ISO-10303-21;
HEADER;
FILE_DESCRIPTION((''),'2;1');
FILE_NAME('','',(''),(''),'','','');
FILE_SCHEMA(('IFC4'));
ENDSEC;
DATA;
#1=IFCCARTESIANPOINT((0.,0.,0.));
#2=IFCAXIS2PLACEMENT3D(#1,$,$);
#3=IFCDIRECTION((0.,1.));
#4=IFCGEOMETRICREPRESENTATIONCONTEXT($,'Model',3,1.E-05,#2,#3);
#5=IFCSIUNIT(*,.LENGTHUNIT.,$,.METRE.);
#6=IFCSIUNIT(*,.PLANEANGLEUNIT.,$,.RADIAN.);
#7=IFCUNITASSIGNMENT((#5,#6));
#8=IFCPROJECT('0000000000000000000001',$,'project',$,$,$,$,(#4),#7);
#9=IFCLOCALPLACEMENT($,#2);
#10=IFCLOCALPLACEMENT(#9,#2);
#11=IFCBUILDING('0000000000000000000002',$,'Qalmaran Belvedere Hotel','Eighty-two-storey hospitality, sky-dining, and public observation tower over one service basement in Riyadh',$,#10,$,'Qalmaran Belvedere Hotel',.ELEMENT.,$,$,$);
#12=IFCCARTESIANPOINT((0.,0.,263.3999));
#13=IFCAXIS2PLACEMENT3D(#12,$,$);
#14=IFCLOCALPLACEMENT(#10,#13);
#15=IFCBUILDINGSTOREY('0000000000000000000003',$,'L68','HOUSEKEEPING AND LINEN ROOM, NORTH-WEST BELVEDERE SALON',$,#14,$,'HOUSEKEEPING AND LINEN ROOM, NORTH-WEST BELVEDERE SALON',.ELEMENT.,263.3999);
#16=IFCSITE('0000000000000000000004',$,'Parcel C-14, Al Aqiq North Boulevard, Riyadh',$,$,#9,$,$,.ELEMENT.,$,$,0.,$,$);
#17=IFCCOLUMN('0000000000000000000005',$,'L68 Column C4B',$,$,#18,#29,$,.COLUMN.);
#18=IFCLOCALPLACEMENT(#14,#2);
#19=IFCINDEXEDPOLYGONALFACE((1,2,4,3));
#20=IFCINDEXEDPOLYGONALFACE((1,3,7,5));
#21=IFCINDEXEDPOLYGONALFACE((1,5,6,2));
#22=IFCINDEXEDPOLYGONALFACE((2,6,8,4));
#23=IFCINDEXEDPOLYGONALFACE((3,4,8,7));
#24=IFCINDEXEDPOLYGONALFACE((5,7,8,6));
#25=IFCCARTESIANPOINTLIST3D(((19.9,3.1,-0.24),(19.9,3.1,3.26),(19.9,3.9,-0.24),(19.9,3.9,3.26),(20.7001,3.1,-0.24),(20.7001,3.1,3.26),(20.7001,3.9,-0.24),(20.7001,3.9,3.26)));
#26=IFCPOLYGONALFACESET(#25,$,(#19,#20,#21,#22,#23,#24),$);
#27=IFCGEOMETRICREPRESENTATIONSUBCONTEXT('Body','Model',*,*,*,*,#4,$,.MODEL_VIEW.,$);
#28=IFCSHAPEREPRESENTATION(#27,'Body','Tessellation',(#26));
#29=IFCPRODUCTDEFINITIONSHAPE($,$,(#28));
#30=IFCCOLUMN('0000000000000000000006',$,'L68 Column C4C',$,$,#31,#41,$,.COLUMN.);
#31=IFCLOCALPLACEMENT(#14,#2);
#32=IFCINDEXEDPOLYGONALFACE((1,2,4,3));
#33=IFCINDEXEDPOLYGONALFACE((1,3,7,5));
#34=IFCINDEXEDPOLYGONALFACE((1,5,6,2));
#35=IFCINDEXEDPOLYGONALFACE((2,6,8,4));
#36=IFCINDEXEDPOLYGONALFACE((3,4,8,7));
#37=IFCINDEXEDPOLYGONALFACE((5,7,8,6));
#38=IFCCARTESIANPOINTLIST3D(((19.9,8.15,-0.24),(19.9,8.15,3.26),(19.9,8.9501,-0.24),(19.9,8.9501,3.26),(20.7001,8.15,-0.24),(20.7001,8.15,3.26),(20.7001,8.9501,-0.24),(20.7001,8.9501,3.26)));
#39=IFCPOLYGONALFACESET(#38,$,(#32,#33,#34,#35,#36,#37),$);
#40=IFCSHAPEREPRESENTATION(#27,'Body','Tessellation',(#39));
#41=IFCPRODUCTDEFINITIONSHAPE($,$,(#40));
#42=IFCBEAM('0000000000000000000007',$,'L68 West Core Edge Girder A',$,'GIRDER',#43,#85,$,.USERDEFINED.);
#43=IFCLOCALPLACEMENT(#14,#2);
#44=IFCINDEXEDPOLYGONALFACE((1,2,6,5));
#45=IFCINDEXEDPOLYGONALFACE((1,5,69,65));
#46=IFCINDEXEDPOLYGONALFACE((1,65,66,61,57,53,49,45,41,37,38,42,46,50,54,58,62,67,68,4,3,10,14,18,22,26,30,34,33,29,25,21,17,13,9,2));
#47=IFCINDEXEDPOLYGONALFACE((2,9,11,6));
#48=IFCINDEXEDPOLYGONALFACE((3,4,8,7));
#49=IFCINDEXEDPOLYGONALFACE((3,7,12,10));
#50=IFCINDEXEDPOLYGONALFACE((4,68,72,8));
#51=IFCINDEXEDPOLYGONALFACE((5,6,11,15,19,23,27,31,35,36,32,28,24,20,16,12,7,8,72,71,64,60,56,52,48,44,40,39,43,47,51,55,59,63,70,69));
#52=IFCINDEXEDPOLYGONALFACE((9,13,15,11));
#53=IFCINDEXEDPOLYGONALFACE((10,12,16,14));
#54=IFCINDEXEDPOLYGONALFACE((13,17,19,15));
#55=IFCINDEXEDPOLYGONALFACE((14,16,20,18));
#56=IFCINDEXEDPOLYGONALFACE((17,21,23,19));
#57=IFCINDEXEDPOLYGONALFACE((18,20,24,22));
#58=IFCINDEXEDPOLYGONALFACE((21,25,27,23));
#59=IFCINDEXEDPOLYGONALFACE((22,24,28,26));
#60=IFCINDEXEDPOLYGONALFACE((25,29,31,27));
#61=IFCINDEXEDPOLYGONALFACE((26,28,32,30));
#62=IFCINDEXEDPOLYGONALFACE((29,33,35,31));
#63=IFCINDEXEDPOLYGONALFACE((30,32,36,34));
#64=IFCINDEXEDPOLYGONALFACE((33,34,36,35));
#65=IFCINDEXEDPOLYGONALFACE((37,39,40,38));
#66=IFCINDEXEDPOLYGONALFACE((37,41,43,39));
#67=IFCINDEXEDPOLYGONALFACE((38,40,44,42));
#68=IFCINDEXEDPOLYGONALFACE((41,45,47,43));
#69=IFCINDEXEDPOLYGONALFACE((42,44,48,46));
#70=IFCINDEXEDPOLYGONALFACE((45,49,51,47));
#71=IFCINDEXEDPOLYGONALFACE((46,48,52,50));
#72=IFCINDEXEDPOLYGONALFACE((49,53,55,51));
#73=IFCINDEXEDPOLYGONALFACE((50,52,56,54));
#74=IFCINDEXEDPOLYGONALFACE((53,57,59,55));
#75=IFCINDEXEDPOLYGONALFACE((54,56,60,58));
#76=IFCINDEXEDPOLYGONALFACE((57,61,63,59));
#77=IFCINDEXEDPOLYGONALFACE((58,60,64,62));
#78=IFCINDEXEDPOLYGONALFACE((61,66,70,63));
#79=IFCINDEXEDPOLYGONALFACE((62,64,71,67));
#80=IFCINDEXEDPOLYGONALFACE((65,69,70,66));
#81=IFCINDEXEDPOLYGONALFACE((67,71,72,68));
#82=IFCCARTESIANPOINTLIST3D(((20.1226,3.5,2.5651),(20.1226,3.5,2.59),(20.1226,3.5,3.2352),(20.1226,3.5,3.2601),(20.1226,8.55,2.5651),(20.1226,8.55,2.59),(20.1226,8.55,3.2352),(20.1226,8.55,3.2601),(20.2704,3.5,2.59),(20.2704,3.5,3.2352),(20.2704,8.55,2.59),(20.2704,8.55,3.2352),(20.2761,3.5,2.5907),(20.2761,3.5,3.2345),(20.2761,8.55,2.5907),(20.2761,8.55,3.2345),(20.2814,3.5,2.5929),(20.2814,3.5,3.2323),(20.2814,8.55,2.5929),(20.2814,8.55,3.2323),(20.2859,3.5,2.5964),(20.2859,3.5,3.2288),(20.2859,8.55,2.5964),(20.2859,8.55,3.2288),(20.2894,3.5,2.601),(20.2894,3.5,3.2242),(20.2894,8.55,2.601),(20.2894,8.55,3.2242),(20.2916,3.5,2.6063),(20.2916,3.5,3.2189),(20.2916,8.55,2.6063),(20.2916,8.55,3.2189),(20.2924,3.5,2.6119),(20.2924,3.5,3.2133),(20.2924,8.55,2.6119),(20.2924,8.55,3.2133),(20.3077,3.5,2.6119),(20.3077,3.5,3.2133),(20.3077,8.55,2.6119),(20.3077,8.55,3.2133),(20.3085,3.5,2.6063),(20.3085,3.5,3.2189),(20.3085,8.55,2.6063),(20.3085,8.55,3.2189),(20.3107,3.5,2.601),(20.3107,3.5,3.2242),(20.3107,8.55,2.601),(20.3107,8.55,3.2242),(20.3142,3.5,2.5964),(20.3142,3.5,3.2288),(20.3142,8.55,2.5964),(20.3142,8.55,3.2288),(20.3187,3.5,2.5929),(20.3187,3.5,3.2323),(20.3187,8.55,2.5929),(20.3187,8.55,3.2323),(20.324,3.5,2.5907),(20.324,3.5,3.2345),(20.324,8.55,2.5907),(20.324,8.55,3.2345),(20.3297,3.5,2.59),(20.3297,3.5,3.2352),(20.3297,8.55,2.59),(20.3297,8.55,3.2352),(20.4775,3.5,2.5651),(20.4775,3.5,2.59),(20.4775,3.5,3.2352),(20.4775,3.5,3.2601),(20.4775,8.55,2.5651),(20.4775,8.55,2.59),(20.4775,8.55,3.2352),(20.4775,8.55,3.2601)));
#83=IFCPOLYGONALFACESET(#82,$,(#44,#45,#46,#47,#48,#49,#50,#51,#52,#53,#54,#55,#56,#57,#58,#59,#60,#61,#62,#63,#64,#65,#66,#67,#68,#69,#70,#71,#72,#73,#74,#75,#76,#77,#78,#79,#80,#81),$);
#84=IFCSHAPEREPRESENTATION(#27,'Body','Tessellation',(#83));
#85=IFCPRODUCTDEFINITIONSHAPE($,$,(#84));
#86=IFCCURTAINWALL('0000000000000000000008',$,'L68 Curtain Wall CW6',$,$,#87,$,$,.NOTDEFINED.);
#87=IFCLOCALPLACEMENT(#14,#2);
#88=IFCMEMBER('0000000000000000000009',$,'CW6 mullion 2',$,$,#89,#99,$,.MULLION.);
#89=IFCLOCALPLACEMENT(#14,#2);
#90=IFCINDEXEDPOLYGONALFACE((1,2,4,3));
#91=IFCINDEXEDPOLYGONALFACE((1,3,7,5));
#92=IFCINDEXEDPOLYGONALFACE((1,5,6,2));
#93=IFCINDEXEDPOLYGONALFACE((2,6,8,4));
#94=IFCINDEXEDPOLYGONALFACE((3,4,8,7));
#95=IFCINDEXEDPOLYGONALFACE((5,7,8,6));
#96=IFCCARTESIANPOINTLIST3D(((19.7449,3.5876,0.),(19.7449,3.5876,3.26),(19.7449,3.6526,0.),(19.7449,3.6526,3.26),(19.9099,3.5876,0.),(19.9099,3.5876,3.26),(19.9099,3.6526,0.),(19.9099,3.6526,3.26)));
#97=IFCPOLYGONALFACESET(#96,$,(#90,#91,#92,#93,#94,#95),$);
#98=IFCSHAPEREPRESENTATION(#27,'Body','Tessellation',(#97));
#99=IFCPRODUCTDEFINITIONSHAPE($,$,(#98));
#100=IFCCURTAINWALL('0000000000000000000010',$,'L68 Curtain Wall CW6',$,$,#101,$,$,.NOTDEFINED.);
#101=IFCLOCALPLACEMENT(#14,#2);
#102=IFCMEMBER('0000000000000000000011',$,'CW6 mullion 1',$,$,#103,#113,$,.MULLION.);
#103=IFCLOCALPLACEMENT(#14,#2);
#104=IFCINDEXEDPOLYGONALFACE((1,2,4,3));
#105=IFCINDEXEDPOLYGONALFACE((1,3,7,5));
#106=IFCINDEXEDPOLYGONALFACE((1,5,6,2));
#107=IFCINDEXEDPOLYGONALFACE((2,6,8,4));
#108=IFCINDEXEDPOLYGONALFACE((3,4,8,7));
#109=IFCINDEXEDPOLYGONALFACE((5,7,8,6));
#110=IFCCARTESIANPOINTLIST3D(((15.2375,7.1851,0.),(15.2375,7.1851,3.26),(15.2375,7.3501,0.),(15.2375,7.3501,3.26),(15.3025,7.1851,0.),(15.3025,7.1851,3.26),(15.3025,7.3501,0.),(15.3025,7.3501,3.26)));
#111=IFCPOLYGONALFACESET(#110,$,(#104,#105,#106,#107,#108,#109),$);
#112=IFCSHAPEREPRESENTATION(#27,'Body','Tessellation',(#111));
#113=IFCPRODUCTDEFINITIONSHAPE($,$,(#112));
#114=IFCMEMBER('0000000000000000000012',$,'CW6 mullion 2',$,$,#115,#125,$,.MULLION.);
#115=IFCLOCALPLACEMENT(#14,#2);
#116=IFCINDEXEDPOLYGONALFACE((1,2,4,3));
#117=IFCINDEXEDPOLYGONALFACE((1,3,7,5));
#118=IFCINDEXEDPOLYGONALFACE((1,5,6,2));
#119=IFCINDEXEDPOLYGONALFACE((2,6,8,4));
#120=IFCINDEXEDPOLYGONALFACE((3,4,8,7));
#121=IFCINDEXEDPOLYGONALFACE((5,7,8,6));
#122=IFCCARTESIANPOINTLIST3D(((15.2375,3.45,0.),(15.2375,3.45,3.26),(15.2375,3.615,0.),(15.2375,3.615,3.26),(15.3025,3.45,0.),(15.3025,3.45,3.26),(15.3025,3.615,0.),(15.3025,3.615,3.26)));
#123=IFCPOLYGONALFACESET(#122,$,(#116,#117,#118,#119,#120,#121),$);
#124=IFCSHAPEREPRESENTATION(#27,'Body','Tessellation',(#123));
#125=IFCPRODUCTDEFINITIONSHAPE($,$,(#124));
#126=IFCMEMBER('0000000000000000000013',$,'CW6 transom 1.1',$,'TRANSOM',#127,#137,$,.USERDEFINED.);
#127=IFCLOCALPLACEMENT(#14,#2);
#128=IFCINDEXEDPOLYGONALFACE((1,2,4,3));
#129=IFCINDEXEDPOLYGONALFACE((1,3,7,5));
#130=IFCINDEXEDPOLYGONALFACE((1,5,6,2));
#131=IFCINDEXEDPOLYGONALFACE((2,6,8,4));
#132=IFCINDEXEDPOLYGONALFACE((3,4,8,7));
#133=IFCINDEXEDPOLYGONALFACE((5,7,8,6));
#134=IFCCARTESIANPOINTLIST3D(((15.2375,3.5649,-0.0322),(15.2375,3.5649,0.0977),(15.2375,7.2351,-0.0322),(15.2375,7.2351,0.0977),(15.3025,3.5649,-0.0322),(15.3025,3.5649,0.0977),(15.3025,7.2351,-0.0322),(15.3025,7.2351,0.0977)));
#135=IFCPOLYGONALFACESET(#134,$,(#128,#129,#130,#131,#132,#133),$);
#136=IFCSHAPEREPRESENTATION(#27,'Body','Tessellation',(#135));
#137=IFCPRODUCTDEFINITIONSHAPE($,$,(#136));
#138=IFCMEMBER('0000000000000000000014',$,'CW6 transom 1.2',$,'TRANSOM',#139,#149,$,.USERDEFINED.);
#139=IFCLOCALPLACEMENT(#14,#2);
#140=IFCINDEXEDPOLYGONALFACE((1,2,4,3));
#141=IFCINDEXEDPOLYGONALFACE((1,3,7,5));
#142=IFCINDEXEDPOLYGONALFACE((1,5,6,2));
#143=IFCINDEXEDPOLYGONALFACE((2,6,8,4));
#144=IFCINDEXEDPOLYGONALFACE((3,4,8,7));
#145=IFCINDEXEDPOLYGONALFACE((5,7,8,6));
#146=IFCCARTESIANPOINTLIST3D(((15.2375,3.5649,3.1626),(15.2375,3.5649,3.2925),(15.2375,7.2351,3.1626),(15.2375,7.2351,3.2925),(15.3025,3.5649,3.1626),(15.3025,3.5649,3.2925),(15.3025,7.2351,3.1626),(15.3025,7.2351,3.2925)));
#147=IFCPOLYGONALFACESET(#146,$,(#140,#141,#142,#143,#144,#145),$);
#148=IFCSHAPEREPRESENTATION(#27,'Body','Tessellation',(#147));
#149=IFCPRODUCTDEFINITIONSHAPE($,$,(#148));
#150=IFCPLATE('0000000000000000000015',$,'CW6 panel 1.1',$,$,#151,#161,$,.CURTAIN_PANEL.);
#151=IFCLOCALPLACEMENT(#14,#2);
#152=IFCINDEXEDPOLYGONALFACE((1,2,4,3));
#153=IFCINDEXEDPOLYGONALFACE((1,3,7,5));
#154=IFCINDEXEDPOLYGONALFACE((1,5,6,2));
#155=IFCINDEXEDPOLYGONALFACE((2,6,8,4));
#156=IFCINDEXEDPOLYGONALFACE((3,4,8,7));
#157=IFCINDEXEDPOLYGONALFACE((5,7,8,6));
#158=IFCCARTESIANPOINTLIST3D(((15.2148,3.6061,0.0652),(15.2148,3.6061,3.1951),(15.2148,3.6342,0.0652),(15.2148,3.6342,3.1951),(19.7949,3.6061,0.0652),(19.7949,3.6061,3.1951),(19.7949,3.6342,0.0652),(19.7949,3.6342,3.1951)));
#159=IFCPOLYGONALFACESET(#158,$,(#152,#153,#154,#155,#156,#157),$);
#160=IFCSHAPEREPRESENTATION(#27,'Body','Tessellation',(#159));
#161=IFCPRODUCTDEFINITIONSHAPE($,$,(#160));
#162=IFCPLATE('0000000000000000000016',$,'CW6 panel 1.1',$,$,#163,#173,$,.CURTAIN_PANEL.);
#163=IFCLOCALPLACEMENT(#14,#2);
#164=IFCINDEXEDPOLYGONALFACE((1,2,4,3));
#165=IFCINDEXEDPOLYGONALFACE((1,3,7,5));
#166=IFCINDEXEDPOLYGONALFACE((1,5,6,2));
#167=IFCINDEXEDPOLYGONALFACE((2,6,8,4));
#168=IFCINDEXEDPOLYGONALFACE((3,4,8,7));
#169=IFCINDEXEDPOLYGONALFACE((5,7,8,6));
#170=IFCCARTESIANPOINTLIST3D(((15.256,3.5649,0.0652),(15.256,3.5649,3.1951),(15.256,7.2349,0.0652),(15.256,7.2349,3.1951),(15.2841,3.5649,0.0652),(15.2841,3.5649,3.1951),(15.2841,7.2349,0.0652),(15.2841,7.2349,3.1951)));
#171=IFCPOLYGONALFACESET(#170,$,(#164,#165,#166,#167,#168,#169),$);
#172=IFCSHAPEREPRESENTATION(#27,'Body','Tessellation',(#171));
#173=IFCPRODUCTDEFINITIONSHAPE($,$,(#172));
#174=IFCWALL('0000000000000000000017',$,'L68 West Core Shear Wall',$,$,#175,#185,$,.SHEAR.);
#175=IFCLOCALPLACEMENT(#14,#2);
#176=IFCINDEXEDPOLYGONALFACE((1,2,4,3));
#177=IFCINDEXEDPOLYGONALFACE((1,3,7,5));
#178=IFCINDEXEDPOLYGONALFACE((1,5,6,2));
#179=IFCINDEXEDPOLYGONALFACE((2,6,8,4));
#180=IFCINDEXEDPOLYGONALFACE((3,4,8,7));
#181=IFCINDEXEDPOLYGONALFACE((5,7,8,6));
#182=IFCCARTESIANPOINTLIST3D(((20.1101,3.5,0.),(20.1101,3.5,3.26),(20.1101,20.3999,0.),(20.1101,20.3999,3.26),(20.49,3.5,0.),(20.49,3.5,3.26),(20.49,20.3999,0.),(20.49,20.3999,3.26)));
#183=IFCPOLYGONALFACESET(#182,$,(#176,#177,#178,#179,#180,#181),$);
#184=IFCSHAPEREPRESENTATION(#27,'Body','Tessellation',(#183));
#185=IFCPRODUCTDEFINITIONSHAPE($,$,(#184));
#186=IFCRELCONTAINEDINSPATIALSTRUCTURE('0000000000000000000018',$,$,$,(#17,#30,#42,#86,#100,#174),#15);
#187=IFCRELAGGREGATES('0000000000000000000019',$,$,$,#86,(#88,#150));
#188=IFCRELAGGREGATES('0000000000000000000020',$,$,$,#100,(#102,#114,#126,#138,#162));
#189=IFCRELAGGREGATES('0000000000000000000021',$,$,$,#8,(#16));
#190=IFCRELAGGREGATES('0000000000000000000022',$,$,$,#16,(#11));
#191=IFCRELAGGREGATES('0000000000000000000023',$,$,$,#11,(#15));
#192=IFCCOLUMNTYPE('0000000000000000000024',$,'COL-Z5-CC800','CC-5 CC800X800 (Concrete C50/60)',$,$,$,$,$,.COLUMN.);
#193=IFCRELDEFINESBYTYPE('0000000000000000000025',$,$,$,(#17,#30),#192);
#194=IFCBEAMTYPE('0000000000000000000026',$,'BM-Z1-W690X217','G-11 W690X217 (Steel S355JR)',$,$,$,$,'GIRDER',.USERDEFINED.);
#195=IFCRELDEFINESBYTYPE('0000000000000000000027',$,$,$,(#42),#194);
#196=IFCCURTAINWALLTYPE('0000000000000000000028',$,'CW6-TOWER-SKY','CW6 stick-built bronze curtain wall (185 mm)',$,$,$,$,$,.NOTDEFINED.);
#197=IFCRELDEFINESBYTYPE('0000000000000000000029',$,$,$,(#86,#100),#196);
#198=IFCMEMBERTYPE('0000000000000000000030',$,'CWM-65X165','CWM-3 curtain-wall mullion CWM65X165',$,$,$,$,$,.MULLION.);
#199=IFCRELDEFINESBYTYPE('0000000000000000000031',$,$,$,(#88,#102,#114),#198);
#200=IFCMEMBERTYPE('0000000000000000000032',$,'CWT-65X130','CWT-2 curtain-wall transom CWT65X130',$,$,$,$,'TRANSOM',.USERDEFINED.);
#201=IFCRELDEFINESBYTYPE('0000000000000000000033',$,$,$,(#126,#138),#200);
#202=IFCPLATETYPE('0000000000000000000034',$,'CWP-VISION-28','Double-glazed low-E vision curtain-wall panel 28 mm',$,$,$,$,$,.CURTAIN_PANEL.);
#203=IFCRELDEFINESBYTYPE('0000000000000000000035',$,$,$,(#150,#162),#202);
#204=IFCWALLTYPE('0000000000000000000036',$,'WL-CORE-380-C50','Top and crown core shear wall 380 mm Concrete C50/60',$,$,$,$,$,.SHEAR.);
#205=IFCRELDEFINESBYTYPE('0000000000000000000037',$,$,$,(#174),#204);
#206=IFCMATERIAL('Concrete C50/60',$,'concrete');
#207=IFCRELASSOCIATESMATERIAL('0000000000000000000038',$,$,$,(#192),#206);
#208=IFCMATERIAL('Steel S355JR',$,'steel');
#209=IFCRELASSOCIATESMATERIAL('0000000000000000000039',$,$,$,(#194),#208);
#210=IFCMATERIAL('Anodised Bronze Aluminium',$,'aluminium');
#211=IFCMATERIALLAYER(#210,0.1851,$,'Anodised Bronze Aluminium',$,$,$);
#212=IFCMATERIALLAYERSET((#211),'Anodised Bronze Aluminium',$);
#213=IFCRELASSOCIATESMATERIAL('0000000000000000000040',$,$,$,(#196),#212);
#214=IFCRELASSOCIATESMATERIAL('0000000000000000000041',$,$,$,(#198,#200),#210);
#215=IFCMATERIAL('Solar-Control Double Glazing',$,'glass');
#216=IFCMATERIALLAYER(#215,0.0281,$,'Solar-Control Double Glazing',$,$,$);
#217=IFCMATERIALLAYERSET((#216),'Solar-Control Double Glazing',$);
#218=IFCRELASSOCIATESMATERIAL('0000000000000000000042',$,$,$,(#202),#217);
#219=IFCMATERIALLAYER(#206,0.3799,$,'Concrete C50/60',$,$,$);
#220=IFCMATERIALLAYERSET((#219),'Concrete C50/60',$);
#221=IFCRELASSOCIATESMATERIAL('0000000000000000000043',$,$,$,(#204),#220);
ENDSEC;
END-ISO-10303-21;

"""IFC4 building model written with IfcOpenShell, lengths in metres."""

from ifc_helpers import new_model, si_unit, direction, frame, frame_2d, origin, origin_2d, place, context, subcontext, project, spatial, rectangle, i_section, extrude, material, layer, layer_set, material_profile, profile_set, type_object, element, aggregate, save


model = new_model("IFC4")

# Units and contexts
model_context = context("Model", 3, precision=1e-05, world=origin(), true_north=direction((0.0, 1.0)))
body_context = subcontext(model_context, "Body", "Model", "MODEL_VIEW")
ifc_project = project(units=[si_unit("LENGTHUNIT", "METRE"), si_unit("PLANEANGLEUNIT", "RADIAN")], contexts=[model_context])

# Site, building, storey
site_placement = place(None, origin())
site = spatial("IfcSite", under=ifc_project, at=site_placement, Name="Parcel C-14, Al Aqiq North Boulevard, Riyadh", CompositionType="ELEMENT", RefElevation=0.0)
building_placement = place(site_placement, origin())
building = spatial("IfcBuilding", under=site, at=building_placement, Name="Qalmaran Belvedere Hotel", Description="Eighty-two-storey hospitality, sky-dining, and public observation tower over one service basement in Riyadh", LongName="Qalmaran Belvedere Hotel", CompositionType="ELEMENT")
storey_placement = place(building_placement, frame((0.0, 0.0, 263.3999)))
storey = spatial("IfcBuildingStorey", under=building, at=storey_placement, Name="L68", Description="HOUSEKEEPING AND LINEN ROOM, NORTH-WEST BELVEDERE SALON", LongName="HOUSEKEEPING AND LINEN ROOM, NORTH-WEST BELVEDERE SALON", CompositionType="ELEMENT", Elevation=263.3999)

# Columns
ifc_material_1 = material(Name="Concrete C50/60", Category="concrete")
ifc_material_profile_1 = material_profile(ifc_material_1, rectangle(XDim=0.8, YDim=0.8, at=origin_2d()), Name="CC800X800")
ifc_profile_set_1 = profile_set([ifc_material_profile_1], Name="Concrete C50/60")
column_type = type_object("IfcColumnType", Name="COL-Z5-CC800", Description="CC-5 CC800X800 (Concrete C50/60)", PredefinedType="COLUMN", material=ifc_profile_set_1)
for number, where, z_axis, x_axis, name in (
    (1, (20.3, 3.5, -0.24), (0.0, 0.0, 1.0), (1.0, 0.0, 0.0), "L68 Column C4B"),
    (2, (20.3, 8.55, -0.24), (0.0, 0.0, 1.0), (1.0, 0.0, 0.0), "L68 Column C4C"),
):
    element("IfcColumn", number, at=place(storey_placement, frame(where, z_axis=z_axis, x_axis=x_axis)), inside=storey, type_object=column_type, Name=name, PredefinedType="COLUMN", context=body_context, shape_type="SweptSolid", body=[
        extrude(rectangle(XDim=0.8, YDim=0.8, at=origin_2d()), origin(), (0.0, 0.0, 1.0), 3.5),
    ])

# Beam
ifc_material_2 = material(Name="Steel S355JR", Category="steel")
ifc_material_profile_2 = material_profile(ifc_material_2, i_section(OverallWidth=0.355, OverallDepth=0.6951, WebThickness=0.0154, FlangeThickness=0.0249, FilletRadius=0.022, at=origin_2d()), Name="W690X217")
ifc_profile_set_2 = profile_set([ifc_material_profile_2], Name="Steel S355JR")
beam_type = type_object("IfcBeamType", Name="BM-Z1-W690X217", Description="G-11 W690X217 (Steel S355JR)", ElementType="GIRDER", PredefinedType="USERDEFINED", material=ifc_profile_set_2)
beam_placement = place(storey_placement, frame((20.3, 3.5, 2.9126), z_axis=(0.0, 1.0, 0.0), x_axis=(-1.0, 0.0, 0.0)))
element("IfcBeam", 3, at=beam_placement, inside=storey, type_object=beam_type, Name="L68 West Core Edge Girder A", ObjectType="GIRDER", PredefinedType="USERDEFINED", context=body_context, shape_type="SweptSolid", body=[
    extrude(i_section(OverallWidth=0.355, OverallDepth=0.6951, WebThickness=0.0154, FlangeThickness=0.0249, FilletRadius=0.022, at=origin_2d()), origin(), (0.0, 0.0, 1.0), 5.05),
])

# Curtain wall, member
ifc_material_3 = material(Name="Anodised Bronze Aluminium", Category="aluminium")
ifc_layer_1 = layer(ifc_material_3, 0.1851, Name="Anodised Bronze Aluminium")
ifc_layer_set_1 = layer_set([ifc_layer_1], Name="Anodised Bronze Aluminium")
curtain_wall_type = type_object("IfcCurtainWallType", Name="CW6-TOWER-SKY", Description="CW6 stick-built bronze curtain wall (185 mm)", PredefinedType="NOTDEFINED", material=ifc_layer_set_1)
curtain_wall_1_placement = place(storey_placement, origin())
curtain_wall_1 = element("IfcCurtainWall", 4, at=curtain_wall_1_placement, inside=storey, type_object=curtain_wall_type, Name="L68 Curtain Wall CW6", PredefinedType="NOTDEFINED")
ifc_material_profile_3 = material_profile(ifc_material_3, rectangle(XDim=0.0649, YDim=0.165, at=origin_2d()), Name="CWM65X165")
ifc_profile_set_3 = profile_set([ifc_material_profile_3], Name="Anodised Bronze Aluminium")
member_type_1 = type_object("IfcMemberType", Name="CWM-65X165", Description="CWM-3 curtain-wall mullion CWM65X165", PredefinedType="MULLION", material=ifc_profile_set_3)
member_1_placement = place(storey_placement, frame((19.8274, 3.6201, 0.0), z_axis=(0.0, 0.0, 1.0), x_axis=(0.0, 1.0, 0.0)))
member_1 = element("IfcMember", 5, at=member_1_placement, type_object=member_type_1, Name="CW6 mullion 2", PredefinedType="MULLION", context=body_context, shape_type="SweptSolid", body=[
    extrude(rectangle(XDim=0.0649, YDim=0.165, at=origin_2d()), origin(), (0.0, 0.0, 1.0), 3.26),
])

# Curtain wall, members
curtain_wall_2_placement = place(storey_placement, origin())
curtain_wall_2 = element("IfcCurtainWall", 6, at=curtain_wall_2_placement, inside=storey, type_object=curtain_wall_type, Name="L68 Curtain Wall CW6", PredefinedType="NOTDEFINED")
member_2_placement = place(storey_placement, frame((15.27, 7.2676, 0.0), z_axis=(0.0, 0.0, 1.0), x_axis=(1.0, 0.0, 0.0)))
member_2 = element("IfcMember", 7, at=member_2_placement, type_object=member_type_1, Name="CW6 mullion 1", PredefinedType="MULLION", context=body_context, shape_type="SweptSolid", body=[
    extrude(rectangle(XDim=0.0649, YDim=0.165, at=origin_2d()), origin(), (0.0, 0.0, 1.0), 3.26),
])
member_3_placement = place(storey_placement, frame((15.27, 3.5325, 0.0), z_axis=(0.0, 0.0, 1.0), x_axis=(1.0, 0.0, 0.0)))
member_3 = element("IfcMember", 8, at=member_3_placement, type_object=member_type_1, Name="CW6 mullion 2", PredefinedType="MULLION", context=body_context, shape_type="SweptSolid", body=[
    extrude(rectangle(XDim=0.0649, YDim=0.165, at=origin_2d()), origin(), (0.0, 0.0, 1.0), 3.26),
])
ifc_material_profile_4 = material_profile(ifc_material_3, rectangle(XDim=0.0649, YDim=0.1299, at=origin_2d()), Name="CWT65X130")
ifc_profile_set_4 = profile_set([ifc_material_profile_4], Name="Anodised Bronze Aluminium")
member_type_2 = type_object("IfcMemberType", Name="CWT-65X130", Description="CWT-2 curtain-wall transom CWT65X130", ElementType="TRANSOM", PredefinedType="USERDEFINED", material=ifc_profile_set_4)
member_4_placement = place(storey_placement, frame((15.27, 7.2351, 0.0327), z_axis=(0.0, -1.0, 0.0), x_axis=(1.0, 0.0, 0.0)))
member_4 = element("IfcMember", 9, at=member_4_placement, type_object=member_type_2, Name="CW6 transom 1.1", ObjectType="TRANSOM", PredefinedType="USERDEFINED", context=body_context, shape_type="SweptSolid", body=[
    extrude(rectangle(XDim=0.0649, YDim=0.1299, at=origin_2d()), origin(), (0.0, 0.0, 1.0), 3.6702),
])
member_5_placement = place(storey_placement, frame((15.27, 7.2351, 3.2275), z_axis=(0.0, -1.0, 0.0), x_axis=(1.0, 0.0, 0.0)))
member_5 = element("IfcMember", 10, at=member_5_placement, type_object=member_type_2, Name="CW6 transom 1.2", ObjectType="TRANSOM", PredefinedType="USERDEFINED", context=body_context, shape_type="SweptSolid", body=[
    extrude(rectangle(XDim=0.0649, YDim=0.1299, at=origin_2d()), origin(), (0.0, 0.0, 1.0), 3.6702),
])

# Plates
ifc_material_4 = material(Name="Solar-Control Double Glazing", Category="glass")
ifc_layer_2 = layer(ifc_material_4, 0.0281, Name="Solar-Control Double Glazing")
ifc_layer_set_2 = layer_set([ifc_layer_2], Name="Solar-Control Double Glazing")
plate_type = type_object("IfcPlateType", Name="CWP-VISION-28", Description="Double-glazed low-E vision curtain-wall panel 28 mm", PredefinedType="CURTAIN_PANEL", material=ifc_layer_set_2)
plate_1_placement = place(storey_placement, frame((17.5049, 3.6201, 0.0652), z_axis=(0.0, 0.0, 1.0), x_axis=(1.0, 0.0, 0.0)))
plate_1 = element("IfcPlate", 11, at=plate_1_placement, type_object=plate_type, Name="CW6 panel 1.1", PredefinedType="CURTAIN_PANEL", context=body_context, shape_type="SweptSolid", body=[
    extrude(rectangle(XDim=4.5801, YDim=0.0281, at=origin_2d()), origin(), (0.0, 0.0, 1.0), 3.1299),
])
aggregate(curtain_wall_1, [member_1, plate_1])
plate_2_placement = place(storey_placement, frame((15.27, 5.3999, 0.0652), z_axis=(0.0, 0.0, 1.0), x_axis=(0.0, -1.0, 0.0)))
plate_2 = element("IfcPlate", 12, at=plate_2_placement, type_object=plate_type, Name="CW6 panel 1.1", PredefinedType="CURTAIN_PANEL", context=body_context, shape_type="SweptSolid", body=[
    extrude(rectangle(XDim=3.6699, YDim=0.0281, at=origin_2d()), origin(), (0.0, 0.0, 1.0), 3.1299),
])
aggregate(curtain_wall_2, [member_2, member_3, member_4, member_5, plate_2])

# Wall
ifc_layer_3 = layer(ifc_material_1, 0.3799, Name="Concrete C50/60")
ifc_layer_set_3 = layer_set([ifc_layer_3], Name="Concrete C50/60")
wall_type_1 = type_object("IfcWallType", Name="WL-CORE-380-C50", Description="Top and crown core shear wall 380 mm Concrete C50/60", PredefinedType="SHEAR", material=ifc_layer_set_3)
wall_1_placement = place(storey_placement, frame((20.3, 3.5, 0.0), z_axis=(0.0, 0.0, 1.0), x_axis=(0.0, 1.0, 0.0)))
element("IfcWall", 13, at=wall_1_placement, inside=storey, type_object=wall_type_1, Name="L68 West Core Shear Wall", PredefinedType="SHEAR", context=body_context, shape_type="SweptSolid", body=[
    extrude(rectangle(XDim=16.8999, YDim=0.3799, at=frame_2d((8.45, 0.0))), origin(), (0.0, 0.0, 1.0), 3.26),
])

save(model, "model.ifc")
